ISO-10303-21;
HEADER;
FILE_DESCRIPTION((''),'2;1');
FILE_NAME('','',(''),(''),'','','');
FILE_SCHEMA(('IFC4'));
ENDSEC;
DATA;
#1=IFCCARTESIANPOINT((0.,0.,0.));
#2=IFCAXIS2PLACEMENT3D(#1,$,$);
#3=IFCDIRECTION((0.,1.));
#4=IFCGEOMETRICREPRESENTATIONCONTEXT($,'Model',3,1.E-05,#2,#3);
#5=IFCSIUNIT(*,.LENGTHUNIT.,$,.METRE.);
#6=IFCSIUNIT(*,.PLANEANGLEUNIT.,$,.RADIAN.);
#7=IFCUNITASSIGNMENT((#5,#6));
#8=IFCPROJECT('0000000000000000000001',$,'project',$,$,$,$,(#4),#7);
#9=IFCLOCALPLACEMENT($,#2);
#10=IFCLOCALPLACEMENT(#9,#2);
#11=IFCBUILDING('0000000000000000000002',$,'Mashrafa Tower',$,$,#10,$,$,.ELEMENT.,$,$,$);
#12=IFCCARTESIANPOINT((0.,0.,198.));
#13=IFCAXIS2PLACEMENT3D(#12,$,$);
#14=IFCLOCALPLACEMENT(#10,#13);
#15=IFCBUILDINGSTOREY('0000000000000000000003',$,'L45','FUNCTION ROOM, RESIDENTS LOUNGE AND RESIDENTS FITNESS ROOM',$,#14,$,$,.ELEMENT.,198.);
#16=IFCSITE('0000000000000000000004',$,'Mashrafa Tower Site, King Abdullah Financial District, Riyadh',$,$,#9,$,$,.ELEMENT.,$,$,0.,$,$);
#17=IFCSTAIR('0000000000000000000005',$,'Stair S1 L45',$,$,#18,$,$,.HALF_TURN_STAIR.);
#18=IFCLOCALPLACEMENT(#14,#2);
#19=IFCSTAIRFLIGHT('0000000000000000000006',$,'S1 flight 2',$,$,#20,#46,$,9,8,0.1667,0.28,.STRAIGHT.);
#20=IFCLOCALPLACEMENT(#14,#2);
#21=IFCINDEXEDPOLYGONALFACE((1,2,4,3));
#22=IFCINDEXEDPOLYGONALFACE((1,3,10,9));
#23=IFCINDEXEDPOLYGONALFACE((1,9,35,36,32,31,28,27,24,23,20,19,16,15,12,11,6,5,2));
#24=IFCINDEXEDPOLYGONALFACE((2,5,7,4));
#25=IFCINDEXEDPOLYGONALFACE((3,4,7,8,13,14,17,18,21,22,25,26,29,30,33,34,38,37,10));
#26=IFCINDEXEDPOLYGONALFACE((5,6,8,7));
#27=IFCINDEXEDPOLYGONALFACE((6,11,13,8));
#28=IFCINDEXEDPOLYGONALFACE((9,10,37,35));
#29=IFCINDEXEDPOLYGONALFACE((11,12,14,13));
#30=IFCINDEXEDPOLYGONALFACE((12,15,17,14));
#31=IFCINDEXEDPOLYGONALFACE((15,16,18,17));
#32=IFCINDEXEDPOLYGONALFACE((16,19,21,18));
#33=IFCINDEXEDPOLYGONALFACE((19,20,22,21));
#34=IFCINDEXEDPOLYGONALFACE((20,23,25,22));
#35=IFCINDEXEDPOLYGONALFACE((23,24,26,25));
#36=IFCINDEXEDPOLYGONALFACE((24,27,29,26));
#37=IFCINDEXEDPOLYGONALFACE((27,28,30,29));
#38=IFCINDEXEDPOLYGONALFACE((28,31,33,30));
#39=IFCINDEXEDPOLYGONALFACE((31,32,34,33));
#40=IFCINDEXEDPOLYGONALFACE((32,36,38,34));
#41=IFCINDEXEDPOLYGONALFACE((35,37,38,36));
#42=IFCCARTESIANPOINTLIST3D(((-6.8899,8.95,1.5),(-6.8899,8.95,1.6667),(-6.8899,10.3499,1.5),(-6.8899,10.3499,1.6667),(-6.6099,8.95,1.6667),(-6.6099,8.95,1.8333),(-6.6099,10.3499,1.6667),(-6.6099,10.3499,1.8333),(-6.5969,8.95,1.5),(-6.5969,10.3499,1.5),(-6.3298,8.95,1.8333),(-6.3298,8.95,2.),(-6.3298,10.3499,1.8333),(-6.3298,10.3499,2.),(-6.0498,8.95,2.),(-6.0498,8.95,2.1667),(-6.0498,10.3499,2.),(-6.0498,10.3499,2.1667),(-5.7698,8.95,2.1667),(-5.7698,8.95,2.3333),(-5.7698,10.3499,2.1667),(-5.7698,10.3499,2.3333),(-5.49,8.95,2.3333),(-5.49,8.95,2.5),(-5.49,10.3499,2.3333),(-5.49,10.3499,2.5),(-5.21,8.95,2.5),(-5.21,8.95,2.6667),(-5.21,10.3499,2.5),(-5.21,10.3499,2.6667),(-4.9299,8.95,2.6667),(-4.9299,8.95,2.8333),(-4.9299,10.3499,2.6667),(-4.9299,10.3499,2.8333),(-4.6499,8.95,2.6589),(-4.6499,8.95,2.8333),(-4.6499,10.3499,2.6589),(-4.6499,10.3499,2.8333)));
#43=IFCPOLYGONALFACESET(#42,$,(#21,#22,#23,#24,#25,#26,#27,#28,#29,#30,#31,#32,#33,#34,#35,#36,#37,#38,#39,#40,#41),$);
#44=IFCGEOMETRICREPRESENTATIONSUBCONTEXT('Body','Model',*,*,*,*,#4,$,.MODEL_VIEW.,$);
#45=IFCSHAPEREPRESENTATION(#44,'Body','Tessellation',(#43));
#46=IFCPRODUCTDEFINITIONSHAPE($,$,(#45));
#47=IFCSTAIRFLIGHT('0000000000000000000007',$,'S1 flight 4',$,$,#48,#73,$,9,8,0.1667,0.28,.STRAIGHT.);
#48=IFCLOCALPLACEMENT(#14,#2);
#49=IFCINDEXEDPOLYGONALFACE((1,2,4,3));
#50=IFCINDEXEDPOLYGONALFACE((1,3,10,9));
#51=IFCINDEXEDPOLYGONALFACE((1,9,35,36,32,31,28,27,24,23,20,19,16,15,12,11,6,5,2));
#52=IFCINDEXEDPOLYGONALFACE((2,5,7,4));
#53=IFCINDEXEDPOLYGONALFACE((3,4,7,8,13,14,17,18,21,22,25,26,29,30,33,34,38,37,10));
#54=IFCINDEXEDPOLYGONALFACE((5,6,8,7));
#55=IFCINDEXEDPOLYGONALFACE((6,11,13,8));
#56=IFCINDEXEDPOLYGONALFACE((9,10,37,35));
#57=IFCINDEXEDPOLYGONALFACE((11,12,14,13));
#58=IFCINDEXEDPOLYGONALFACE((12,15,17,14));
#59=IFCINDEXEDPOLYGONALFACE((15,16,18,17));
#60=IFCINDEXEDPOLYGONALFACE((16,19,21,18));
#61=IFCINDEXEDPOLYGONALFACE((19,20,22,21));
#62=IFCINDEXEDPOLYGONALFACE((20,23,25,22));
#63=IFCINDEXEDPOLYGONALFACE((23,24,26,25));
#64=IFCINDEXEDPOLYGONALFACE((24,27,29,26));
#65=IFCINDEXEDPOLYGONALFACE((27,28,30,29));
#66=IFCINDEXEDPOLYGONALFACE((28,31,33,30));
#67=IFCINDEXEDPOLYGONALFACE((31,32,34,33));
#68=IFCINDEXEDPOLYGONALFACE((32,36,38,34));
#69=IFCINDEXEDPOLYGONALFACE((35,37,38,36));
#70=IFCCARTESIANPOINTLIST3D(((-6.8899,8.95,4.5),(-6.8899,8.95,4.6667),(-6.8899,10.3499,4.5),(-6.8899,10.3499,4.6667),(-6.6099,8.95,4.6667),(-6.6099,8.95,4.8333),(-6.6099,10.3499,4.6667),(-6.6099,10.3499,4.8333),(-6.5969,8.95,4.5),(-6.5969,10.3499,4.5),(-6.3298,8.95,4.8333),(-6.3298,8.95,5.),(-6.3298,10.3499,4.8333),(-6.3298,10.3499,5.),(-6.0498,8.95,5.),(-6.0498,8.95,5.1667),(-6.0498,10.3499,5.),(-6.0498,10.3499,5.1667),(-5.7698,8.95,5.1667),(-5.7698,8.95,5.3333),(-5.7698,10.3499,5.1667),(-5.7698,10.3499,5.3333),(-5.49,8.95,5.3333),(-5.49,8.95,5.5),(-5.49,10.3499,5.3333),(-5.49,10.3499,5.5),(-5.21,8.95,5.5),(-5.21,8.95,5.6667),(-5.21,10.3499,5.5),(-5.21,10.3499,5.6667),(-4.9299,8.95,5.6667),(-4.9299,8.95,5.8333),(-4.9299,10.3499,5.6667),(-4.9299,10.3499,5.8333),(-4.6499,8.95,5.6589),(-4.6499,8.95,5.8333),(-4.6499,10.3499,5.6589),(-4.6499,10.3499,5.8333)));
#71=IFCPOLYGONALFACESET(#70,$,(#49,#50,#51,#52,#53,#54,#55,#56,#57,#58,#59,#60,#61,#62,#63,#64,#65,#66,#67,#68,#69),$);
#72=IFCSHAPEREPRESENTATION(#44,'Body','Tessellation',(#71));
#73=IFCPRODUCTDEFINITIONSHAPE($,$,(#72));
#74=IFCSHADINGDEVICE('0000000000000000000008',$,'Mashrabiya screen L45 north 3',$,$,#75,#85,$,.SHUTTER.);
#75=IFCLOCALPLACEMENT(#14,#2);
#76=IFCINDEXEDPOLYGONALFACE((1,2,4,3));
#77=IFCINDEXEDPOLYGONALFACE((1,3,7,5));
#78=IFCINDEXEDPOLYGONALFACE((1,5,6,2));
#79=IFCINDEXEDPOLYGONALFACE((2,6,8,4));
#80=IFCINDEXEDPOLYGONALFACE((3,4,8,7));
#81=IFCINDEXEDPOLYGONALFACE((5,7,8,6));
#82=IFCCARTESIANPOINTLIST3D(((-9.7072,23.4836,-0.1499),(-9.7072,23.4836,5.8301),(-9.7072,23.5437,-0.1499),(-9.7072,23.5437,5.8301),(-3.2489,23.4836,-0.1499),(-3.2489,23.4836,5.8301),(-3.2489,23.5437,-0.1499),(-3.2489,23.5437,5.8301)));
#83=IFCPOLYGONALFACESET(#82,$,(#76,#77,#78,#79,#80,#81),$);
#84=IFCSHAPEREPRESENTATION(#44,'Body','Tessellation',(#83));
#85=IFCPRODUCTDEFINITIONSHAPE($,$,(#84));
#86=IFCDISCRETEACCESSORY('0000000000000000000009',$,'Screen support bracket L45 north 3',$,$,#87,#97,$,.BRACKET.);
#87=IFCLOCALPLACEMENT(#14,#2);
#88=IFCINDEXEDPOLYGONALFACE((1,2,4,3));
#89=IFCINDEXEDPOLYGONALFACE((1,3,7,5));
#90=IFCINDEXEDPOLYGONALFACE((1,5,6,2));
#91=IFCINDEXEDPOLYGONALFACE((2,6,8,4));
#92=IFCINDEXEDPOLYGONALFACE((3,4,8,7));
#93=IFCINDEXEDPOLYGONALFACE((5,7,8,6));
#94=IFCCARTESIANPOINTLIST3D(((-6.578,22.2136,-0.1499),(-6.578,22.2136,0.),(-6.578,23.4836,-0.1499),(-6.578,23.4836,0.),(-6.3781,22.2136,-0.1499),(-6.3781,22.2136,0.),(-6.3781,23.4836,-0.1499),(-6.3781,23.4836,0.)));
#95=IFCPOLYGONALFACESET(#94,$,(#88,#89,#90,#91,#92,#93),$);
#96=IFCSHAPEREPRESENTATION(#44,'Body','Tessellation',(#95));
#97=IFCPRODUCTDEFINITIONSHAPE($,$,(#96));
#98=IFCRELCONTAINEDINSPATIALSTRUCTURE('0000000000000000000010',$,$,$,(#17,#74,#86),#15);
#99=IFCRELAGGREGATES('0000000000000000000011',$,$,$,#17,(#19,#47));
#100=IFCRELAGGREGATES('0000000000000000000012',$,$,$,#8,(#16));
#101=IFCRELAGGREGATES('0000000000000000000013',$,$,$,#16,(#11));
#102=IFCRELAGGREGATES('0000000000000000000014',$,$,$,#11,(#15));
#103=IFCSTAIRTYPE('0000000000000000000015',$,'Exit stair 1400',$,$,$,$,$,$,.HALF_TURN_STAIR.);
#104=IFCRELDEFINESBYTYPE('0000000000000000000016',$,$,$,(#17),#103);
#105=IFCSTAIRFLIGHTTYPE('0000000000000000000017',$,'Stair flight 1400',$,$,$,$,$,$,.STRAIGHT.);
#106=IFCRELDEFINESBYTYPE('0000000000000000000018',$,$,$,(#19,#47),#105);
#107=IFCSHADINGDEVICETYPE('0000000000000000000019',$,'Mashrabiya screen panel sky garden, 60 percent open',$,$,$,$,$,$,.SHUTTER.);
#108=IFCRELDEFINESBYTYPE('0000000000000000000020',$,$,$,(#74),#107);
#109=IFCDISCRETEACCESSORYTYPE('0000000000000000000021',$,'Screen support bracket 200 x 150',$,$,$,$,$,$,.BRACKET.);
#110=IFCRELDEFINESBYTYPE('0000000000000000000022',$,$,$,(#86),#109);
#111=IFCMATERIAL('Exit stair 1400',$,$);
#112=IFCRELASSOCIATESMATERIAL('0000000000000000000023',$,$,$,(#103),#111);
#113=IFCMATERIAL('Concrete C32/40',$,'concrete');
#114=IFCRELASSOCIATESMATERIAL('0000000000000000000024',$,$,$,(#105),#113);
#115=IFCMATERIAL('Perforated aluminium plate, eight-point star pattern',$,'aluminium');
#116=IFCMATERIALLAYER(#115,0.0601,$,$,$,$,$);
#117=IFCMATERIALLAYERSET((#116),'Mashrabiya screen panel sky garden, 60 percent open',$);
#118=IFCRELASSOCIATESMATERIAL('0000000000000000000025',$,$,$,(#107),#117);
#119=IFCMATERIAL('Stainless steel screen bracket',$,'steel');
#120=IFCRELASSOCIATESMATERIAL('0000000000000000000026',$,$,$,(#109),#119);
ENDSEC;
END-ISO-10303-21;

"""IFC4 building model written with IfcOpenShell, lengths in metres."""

from ifc_helpers import new_model, si_unit, direction, frame, origin, origin_2d, place, context, subcontext, project, spatial, polyline, rectangle, outline, extrude, source, transform, mapped, material, layer, layer_set, type_object, type_shapes, element, aggregate, save


model = new_model("IFC4")

# Units and contexts
model_context = context("Model", 3, precision=1e-05, world=origin(), true_north=direction((0.0, 1.0)))
body_context = subcontext(model_context, "Body", "Model", "MODEL_VIEW")
ifc_project = project(units=[si_unit("LENGTHUNIT", "METRE"), si_unit("PLANEANGLEUNIT", "RADIAN")], contexts=[model_context])

# Site, building, storey
site_placement = place(None, origin())
site = spatial("IfcSite", under=ifc_project, at=site_placement, Name="Mashrafa Tower Site, King Abdullah Financial District, Riyadh", CompositionType="ELEMENT", RefElevation=0.0)
building_placement = place(site_placement, origin())
building = spatial("IfcBuilding", under=site, at=building_placement, Name="Mashrafa Tower", CompositionType="ELEMENT")
storey_placement = place(building_placement, frame((0.0, 0.0, 198.0)))
storey = spatial("IfcBuildingStorey", under=building, at=storey_placement, Name="L45", Description="FUNCTION ROOM, RESIDENTS LOUNGE AND RESIDENTS FITNESS ROOM", CompositionType="ELEMENT", Elevation=198.0)

# Stair, stair flights
ifc_material_1 = material(Name="Exit stair 1400")
stair_type = type_object("IfcStairType", Name="Exit stair 1400", PredefinedType="HALF_TURN_STAIR", material=ifc_material_1)
stair_placement = place(storey_placement, origin())
stair = element("IfcStair", 1, at=stair_placement, inside=storey, type_object=stair_type, Name="Stair S1 L45", PredefinedType="HALF_TURN_STAIR")
ifc_material_2 = material(Name="Concrete C32/40", Category="concrete")
stair_flight_type = type_object("IfcStairFlightType", Name="Stair flight 1400", PredefinedType="STRAIGHT", material=ifc_material_2)
stair_flight_1_placement = place(storey_placement, frame((-6.8899, 9.6499, 1.5), z_axis=(0.0, 0.0, 1.0), x_axis=(1.0, 0.0, 0.0)))
stair_flight_1 = element("IfcStairFlight", 2, at=stair_flight_1_placement, type_object=stair_flight_type, Name="S1 flight 2", NumberOfRisers=9, NumberOfTreads=8, PredefinedType="STRAIGHT", RiserHeight=0.1667, TreadLength=0.28, context=body_context, shape_type="SweptSolid", body=[
    extrude(outline(polyline([(0.0, 0.0), (0.0, 0.1667), (0.28, 0.1667), (0.28, 0.3333), (0.5601, 0.3333), (0.5601, 0.5), (0.8401, 0.5), (0.8401, 0.6667), (1.1201, 0.6667), (1.1201, 0.8333), (1.3999, 0.8333), (1.3999, 1.0), (1.6799, 1.0), (1.6799, 1.1667), (1.96, 1.1667), (1.96, 1.3333), (2.24, 1.3333), (2.24, 1.5), (2.24, 1.1589), (0.293, 0.0), (0.0, 0.0)])), frame((0.0, 0.7, 0.0), z_axis=(0.0, -1.0, 0.0), x_axis=(1.0, 0.0, 0.0)), (0.0, 0.0, 1.0), 1.3999),
])
stair_flight_2_placement = place(storey_placement, frame((-6.8899, 9.6499, 4.5), z_axis=(0.0, 0.0, 1.0), x_axis=(1.0, 0.0, 0.0)))
stair_flight_2 = element("IfcStairFlight", 3, at=stair_flight_2_placement, type_object=stair_flight_type, Name="S1 flight 4", NumberOfRisers=9, NumberOfTreads=8, PredefinedType="STRAIGHT", RiserHeight=0.1667, TreadLength=0.28, context=body_context, shape_type="SweptSolid", body=[
    extrude(outline(polyline([(0.0, 0.0), (0.0, 0.1667), (0.28, 0.1667), (0.28, 0.3333), (0.5601, 0.3333), (0.5601, 0.5), (0.8401, 0.5), (0.8401, 0.6667), (1.1201, 0.6667), (1.1201, 0.8333), (1.3999, 0.8333), (1.3999, 1.0), (1.6799, 1.0), (1.6799, 1.1667), (1.96, 1.1667), (1.96, 1.3333), (2.24, 1.3333), (2.24, 1.5), (2.24, 1.1589), (0.293, 0.0), (0.0, 0.0)])), frame((0.0, 0.7, 0.0), z_axis=(0.0, -1.0, 0.0), x_axis=(1.0, 0.0, 0.0)), (0.0, 0.0, 1.0), 1.3999),
])
aggregate(stair, [stair_flight_1, stair_flight_2])

# Shading device
ifc_material_3 = material(Name="Perforated aluminium plate, eight-point star pattern", Category="aluminium")
ifc_layer_1 = layer(ifc_material_3, 0.0601)
ifc_layer_set_1 = layer_set([ifc_layer_1], Name="Mashrabiya screen panel sky garden, 60 percent open")
shading_device_type = type_object("IfcShadingDeviceType", Name="Mashrabiya screen panel sky garden, 60 percent open", PredefinedType="SHUTTER", material=ifc_layer_set_1)
shared_shape_1 = source(origin(), body_context, "Body", "SweptSolid", [
    extrude(rectangle(XDim=6.4583, YDim=0.0601, at=origin_2d()), origin(), (0.0, 0.0, 1.0), 5.98),
])
type_shapes(shading_device_type, [shared_shape_1])
shading_device_placement = place(storey_placement, frame((-6.478, 23.5137, -0.1499), z_axis=(0.0, 0.0, 1.0), x_axis=(-1.0, 0.0, 0.0)))
element("IfcShadingDevice", 4, at=shading_device_placement, inside=storey, type_object=shading_device_type, Name="Mashrabiya screen L45 north 3", PredefinedType="SHUTTER", context=body_context, shape_type="MappedRepresentation", body=[
    mapped(shared_shape_1, transform((0.0, 0.0, 0.0))),
])

# Discrete accessory
ifc_material_4 = material(Name="Stainless steel screen bracket", Category="steel")
discrete_accessory_type = type_object("IfcDiscreteAccessoryType", Name="Screen support bracket 200 x 150", PredefinedType="BRACKET", material=ifc_material_4)
shared_shape_2 = source(origin(), body_context, "Body", "SweptSolid", [
    extrude(rectangle(XDim=0.2, YDim=1.27, at=origin_2d()), origin(), (0.0, 0.0, 1.0), 0.1499),
])
type_shapes(discrete_accessory_type, [shared_shape_2])
discrete_accessory_placement = place(storey_placement, frame((-6.478, 22.8486, -0.1499), z_axis=(0.0, 0.0, 1.0), x_axis=(-1.0, 0.0, 0.0)))
element("IfcDiscreteAccessory", 5, at=discrete_accessory_placement, inside=storey, type_object=discrete_accessory_type, Name="Screen support bracket L45 north 3", PredefinedType="BRACKET", context=body_context, shape_type="MappedRepresentation", body=[
    mapped(shared_shape_2, transform((0.0, 0.0, 0.0))),
])

save(model, "model.ifc")
